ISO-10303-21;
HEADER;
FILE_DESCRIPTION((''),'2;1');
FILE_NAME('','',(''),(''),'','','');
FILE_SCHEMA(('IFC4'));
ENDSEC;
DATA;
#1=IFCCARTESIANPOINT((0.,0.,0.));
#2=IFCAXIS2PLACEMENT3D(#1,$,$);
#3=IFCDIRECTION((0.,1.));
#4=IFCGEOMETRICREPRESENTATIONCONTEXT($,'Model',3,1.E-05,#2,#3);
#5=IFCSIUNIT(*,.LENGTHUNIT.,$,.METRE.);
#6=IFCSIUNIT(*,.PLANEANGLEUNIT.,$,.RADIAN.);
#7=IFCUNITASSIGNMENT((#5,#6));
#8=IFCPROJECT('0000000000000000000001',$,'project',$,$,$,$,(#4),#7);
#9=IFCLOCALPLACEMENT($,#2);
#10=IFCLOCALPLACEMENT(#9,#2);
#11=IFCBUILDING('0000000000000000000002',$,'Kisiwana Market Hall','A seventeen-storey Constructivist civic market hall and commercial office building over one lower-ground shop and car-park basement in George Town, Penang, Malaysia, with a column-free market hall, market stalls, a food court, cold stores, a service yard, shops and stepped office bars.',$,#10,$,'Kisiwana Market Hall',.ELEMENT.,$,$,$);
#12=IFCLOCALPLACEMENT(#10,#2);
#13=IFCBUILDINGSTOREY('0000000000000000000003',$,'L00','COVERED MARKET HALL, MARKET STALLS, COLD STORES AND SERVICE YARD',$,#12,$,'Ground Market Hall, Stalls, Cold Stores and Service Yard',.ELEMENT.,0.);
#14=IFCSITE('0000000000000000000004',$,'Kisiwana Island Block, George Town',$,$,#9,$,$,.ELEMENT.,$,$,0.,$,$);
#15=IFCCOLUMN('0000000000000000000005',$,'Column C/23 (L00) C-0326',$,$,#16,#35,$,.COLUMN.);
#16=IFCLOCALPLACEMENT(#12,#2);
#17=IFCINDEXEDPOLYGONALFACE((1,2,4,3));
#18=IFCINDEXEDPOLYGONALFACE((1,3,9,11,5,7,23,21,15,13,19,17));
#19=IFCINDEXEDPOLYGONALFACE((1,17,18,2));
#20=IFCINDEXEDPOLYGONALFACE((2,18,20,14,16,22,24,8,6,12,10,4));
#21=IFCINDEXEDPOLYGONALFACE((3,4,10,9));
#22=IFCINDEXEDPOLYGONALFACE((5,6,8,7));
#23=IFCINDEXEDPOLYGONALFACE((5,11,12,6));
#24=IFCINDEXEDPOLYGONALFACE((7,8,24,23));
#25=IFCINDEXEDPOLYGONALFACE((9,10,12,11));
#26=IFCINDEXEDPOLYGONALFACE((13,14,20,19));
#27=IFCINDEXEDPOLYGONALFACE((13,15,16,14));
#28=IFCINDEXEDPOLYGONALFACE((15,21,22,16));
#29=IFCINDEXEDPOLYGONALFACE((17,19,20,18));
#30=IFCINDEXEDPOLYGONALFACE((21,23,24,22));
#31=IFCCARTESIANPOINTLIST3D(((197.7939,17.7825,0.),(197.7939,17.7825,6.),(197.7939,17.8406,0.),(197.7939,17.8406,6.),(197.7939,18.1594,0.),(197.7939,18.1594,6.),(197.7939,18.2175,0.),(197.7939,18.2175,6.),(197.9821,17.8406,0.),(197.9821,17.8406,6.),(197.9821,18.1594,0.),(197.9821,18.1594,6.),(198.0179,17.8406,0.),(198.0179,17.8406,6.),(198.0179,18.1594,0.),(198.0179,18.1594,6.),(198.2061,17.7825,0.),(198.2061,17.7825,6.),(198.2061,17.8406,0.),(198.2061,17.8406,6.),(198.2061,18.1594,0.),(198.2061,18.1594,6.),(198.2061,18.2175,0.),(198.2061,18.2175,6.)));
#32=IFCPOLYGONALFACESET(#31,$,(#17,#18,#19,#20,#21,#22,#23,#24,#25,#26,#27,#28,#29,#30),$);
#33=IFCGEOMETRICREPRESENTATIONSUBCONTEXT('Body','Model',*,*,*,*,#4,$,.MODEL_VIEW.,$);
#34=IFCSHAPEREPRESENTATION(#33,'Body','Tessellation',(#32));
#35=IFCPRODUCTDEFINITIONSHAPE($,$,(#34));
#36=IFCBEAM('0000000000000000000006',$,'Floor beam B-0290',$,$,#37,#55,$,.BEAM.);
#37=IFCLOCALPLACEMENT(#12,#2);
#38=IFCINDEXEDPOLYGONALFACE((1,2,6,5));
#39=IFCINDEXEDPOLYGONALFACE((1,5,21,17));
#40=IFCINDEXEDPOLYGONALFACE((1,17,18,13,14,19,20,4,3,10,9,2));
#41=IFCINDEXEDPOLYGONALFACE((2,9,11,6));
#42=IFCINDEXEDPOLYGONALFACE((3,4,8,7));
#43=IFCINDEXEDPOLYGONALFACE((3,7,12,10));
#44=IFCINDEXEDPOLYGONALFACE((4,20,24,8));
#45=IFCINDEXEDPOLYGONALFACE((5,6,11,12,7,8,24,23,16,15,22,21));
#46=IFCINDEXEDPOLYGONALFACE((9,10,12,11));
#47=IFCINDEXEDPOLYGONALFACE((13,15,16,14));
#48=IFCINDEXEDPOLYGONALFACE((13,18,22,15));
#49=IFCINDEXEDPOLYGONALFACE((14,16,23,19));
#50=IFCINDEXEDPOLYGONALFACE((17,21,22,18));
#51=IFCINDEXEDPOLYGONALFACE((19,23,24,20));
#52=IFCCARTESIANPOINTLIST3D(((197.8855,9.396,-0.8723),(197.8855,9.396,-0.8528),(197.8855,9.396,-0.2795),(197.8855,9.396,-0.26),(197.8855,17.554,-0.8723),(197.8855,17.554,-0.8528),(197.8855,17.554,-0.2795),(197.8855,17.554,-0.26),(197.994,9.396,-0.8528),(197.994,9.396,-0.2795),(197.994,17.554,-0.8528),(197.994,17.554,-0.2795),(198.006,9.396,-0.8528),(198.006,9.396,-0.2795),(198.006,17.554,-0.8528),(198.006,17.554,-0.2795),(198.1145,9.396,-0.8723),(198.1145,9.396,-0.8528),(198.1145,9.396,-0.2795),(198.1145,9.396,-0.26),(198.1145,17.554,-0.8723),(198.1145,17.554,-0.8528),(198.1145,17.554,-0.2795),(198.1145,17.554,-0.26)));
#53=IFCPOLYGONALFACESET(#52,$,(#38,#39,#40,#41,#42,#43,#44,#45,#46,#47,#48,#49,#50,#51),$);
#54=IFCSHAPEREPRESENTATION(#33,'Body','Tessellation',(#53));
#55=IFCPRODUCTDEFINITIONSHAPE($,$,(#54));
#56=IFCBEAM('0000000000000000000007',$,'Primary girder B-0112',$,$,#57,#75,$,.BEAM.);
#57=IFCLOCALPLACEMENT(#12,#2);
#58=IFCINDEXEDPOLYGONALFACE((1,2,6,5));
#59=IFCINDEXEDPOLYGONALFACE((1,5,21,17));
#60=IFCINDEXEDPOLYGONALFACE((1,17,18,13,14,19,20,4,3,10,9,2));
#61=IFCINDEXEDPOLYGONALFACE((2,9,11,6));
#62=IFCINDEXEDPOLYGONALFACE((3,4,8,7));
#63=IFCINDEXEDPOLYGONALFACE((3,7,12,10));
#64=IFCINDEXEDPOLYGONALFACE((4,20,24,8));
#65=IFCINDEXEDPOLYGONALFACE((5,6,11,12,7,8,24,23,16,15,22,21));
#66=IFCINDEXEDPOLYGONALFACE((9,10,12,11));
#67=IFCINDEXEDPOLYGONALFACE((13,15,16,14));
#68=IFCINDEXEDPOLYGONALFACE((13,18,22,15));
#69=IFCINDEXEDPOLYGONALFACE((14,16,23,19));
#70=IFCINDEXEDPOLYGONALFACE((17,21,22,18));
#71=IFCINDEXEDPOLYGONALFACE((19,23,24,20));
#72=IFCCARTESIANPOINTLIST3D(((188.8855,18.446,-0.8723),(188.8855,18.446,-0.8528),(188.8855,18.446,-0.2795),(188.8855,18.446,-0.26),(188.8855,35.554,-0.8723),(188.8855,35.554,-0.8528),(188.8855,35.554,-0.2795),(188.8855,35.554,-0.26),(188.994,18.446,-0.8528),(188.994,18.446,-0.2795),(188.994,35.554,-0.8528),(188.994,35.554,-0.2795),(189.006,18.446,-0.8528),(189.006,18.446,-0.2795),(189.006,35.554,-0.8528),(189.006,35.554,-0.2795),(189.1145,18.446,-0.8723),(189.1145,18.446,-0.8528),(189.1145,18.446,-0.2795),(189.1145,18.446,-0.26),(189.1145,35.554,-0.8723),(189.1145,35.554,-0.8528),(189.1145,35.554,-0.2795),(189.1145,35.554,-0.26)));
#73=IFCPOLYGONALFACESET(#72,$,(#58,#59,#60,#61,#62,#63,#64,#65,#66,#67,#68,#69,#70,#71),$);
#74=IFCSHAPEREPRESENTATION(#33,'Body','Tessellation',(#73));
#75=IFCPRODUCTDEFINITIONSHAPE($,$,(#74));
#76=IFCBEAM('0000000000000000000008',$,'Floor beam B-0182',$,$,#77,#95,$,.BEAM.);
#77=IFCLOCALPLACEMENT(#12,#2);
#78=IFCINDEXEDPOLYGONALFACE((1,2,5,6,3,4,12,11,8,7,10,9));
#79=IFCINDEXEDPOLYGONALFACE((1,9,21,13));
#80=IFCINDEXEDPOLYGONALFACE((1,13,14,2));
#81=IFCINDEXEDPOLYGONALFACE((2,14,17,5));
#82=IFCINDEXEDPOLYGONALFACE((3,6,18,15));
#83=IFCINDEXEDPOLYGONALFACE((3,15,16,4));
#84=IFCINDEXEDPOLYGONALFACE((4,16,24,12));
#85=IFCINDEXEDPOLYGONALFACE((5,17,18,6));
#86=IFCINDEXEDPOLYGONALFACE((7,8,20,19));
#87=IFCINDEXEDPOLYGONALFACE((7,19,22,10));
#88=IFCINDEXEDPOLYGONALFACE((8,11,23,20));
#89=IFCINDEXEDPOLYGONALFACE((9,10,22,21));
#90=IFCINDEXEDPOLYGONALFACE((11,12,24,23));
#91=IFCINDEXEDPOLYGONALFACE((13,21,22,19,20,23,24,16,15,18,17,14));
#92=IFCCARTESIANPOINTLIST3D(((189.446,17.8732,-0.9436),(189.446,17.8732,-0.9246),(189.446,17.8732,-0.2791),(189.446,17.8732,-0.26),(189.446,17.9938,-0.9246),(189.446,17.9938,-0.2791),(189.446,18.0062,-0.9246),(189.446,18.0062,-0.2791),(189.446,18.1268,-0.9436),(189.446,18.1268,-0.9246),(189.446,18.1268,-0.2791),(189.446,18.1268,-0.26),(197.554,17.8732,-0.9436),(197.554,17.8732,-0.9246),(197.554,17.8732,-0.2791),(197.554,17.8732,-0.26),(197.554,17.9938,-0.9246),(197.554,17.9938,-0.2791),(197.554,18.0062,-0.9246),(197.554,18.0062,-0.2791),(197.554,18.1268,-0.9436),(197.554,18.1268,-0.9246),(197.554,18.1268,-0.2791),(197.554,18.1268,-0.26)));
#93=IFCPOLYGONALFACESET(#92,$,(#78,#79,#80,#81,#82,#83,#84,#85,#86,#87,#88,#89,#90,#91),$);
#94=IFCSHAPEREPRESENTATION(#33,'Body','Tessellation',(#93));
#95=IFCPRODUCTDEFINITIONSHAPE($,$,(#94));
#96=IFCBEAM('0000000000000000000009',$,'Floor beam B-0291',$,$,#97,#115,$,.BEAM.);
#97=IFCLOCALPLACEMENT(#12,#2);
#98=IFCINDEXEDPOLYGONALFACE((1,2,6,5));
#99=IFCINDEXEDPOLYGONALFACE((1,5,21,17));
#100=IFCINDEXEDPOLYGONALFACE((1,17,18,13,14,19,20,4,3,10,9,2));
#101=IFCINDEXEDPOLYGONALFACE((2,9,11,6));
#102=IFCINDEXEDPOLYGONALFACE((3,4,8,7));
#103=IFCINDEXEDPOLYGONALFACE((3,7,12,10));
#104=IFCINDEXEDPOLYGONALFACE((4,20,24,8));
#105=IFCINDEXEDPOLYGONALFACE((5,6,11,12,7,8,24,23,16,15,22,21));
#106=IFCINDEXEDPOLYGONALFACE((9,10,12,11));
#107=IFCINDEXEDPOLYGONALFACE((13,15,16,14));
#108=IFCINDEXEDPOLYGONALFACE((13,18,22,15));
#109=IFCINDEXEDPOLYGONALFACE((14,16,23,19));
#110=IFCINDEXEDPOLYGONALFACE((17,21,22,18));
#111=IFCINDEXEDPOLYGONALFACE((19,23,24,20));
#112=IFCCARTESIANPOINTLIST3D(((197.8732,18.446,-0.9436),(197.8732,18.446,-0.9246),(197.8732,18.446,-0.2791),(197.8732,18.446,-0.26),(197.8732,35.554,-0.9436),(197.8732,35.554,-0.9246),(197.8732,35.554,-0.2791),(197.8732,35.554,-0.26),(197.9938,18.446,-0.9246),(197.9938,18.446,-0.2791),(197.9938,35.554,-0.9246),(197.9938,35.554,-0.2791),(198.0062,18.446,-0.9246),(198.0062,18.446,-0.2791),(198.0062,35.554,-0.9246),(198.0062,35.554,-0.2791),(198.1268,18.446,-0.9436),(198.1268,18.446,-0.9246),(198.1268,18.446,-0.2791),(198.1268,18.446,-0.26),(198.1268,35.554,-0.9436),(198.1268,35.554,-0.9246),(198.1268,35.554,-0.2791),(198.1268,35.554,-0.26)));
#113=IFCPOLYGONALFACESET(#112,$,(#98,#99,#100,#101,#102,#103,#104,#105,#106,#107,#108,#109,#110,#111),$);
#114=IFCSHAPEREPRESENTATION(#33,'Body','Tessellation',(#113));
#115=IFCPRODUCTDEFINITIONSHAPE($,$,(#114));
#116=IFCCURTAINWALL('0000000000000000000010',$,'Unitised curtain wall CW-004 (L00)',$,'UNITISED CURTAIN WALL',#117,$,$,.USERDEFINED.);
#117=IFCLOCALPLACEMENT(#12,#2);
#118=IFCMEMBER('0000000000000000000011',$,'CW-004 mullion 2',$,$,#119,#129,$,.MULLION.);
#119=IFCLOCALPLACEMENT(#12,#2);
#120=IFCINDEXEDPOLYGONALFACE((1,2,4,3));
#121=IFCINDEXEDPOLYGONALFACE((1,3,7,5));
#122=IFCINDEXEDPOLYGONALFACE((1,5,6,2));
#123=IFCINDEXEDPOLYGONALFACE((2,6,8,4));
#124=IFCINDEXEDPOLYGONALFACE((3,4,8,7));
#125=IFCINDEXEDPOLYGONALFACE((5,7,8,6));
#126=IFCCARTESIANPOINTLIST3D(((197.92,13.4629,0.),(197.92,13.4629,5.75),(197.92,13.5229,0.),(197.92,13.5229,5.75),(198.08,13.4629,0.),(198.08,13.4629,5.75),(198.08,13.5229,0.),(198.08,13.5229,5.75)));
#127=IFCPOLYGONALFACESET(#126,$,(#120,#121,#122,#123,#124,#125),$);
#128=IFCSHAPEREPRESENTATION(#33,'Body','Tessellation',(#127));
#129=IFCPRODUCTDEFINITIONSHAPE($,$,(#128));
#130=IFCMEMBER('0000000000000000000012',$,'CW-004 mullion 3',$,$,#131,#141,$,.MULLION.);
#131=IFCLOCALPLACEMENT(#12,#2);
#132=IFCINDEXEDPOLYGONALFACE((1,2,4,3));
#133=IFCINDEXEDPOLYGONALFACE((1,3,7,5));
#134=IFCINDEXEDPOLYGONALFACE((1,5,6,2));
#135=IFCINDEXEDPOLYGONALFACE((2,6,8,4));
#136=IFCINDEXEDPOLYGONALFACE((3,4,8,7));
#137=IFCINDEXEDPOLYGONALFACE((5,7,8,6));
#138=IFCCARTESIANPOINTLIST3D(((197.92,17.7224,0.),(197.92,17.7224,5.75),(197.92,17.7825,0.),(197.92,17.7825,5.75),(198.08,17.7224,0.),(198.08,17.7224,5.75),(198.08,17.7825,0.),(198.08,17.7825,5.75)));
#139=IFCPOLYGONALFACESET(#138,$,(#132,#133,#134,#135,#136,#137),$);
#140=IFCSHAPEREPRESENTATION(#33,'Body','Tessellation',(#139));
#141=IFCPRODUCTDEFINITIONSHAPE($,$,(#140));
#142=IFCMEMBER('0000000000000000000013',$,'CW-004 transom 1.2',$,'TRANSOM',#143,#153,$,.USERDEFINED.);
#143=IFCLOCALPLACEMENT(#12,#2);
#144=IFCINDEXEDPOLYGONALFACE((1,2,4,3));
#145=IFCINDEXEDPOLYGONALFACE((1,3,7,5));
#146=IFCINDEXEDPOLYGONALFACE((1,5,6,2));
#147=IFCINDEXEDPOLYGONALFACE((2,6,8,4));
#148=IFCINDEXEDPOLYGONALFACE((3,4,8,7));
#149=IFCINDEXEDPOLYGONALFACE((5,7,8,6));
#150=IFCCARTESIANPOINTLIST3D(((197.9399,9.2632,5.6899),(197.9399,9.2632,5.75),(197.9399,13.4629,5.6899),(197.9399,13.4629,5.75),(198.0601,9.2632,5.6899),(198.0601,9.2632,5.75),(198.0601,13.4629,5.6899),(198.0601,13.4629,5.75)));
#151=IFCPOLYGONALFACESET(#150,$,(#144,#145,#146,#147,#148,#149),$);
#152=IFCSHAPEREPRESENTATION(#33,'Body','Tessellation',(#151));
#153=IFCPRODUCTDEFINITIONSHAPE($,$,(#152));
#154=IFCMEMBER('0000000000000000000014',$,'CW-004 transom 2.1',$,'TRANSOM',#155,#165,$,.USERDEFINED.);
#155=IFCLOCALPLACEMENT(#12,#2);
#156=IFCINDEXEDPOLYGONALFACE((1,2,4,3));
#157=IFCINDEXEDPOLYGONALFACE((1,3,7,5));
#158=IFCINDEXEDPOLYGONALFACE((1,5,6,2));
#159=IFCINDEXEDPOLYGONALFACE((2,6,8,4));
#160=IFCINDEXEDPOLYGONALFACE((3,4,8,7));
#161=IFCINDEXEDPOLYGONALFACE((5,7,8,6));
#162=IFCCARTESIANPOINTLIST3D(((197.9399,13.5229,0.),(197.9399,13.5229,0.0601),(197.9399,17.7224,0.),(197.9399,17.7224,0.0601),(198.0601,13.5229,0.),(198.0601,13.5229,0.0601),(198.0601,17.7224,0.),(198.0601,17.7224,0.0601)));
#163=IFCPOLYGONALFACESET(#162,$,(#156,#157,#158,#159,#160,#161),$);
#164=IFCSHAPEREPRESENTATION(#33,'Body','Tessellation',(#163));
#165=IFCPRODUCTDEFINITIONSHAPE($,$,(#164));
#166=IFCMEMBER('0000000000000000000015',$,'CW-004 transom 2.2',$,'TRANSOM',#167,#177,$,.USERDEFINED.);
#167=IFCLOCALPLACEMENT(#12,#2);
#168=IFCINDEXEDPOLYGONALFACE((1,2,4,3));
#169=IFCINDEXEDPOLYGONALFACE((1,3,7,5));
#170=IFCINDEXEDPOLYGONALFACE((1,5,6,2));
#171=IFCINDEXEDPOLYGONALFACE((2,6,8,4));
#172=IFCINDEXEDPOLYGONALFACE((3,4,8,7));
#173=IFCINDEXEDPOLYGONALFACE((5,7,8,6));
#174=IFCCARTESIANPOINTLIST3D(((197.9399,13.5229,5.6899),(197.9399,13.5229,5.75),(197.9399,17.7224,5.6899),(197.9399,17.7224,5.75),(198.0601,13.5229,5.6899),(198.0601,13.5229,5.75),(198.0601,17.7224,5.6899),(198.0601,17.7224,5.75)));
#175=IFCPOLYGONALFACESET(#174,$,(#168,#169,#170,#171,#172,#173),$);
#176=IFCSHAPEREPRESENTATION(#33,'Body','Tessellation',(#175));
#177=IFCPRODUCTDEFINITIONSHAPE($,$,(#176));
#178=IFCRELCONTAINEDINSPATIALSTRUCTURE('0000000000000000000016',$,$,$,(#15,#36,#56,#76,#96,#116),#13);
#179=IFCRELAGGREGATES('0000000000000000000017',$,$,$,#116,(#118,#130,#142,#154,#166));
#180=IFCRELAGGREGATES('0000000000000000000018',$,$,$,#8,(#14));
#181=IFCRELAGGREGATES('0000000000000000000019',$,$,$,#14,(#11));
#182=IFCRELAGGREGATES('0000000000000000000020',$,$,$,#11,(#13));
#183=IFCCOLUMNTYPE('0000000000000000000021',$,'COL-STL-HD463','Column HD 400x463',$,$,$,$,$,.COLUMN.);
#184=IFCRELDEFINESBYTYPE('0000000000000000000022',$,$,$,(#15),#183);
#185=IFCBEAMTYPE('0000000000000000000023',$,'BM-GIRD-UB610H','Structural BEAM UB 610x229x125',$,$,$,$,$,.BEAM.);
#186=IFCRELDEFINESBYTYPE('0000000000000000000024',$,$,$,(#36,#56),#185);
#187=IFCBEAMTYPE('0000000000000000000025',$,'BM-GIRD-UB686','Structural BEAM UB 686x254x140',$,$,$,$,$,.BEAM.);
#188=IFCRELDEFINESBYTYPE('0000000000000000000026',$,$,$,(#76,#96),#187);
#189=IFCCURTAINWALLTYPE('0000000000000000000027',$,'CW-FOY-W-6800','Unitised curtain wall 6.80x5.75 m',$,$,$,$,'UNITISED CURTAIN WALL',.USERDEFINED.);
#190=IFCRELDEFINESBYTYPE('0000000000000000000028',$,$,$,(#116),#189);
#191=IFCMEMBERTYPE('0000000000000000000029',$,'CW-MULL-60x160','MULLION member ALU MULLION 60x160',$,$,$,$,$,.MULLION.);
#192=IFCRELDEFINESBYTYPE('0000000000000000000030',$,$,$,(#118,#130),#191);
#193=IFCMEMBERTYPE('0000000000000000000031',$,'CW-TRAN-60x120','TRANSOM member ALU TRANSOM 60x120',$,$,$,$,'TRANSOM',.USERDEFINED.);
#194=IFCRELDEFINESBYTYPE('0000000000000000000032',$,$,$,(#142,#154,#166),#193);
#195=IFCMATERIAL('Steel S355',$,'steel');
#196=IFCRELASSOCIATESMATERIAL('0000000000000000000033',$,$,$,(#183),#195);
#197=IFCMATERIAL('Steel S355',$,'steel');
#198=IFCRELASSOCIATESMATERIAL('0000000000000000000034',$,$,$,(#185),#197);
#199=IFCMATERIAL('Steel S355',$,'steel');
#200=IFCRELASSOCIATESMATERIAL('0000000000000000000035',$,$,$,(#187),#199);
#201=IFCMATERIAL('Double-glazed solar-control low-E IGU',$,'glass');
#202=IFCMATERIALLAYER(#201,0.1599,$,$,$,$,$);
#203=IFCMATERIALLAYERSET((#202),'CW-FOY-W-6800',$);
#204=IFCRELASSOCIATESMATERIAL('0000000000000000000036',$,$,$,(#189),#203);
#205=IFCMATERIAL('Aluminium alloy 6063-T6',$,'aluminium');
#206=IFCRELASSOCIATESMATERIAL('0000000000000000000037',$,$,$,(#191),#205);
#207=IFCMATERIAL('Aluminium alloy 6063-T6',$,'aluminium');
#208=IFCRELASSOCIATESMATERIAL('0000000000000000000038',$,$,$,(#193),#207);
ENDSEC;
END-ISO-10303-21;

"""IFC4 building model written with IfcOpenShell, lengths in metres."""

from ifc_helpers import new_model, si_unit, direction, frame, origin, origin_2d, place, context, subcontext, project, spatial, rectangle, i_section, extrude, material, layer, layer_set, material_profile, profile_set, type_object, element, aggregate, save


model = new_model("IFC4")

# Units and contexts
model_context = context("Model", 3, precision=1e-05, world=origin(), true_north=direction((0.0, 1.0)))
body_context = subcontext(model_context, "Body", "Model", "MODEL_VIEW")
ifc_project = project(units=[si_unit("LENGTHUNIT", "METRE"), si_unit("PLANEANGLEUNIT", "RADIAN")], contexts=[model_context])

# Site, building, storey
site_placement = place(None, origin())
site = spatial("IfcSite", under=ifc_project, at=site_placement, Name="Kisiwana Island Block, George Town", CompositionType="ELEMENT", RefElevation=0.0)
building_placement = place(site_placement, origin())
building = spatial("IfcBuilding", under=site, at=building_placement, Name="Kisiwana Market Hall", Description="A seventeen-storey Constructivist civic market hall and commercial office building over one lower-ground shop and car-park basement in George Town, Penang, Malaysia, with a column-free market hall, market stalls, a food court, cold stores, a service yard, shops and stepped office bars.", LongName="Kisiwana Market Hall", CompositionType="ELEMENT")
storey_placement = place(building_placement, origin())
storey = spatial("IfcBuildingStorey", under=building, at=storey_placement, Name="L00", Description="COVERED MARKET HALL, MARKET STALLS, COLD STORES AND SERVICE YARD", LongName="Ground Market Hall, Stalls, Cold Stores and Service Yard", CompositionType="ELEMENT", Elevation=0.0)

# Column
ifc_material_1 = material(Name="Steel S355", Category="steel")
ifc_material_profile_1 = material_profile(ifc_material_1, i_section(OverallWidth=0.4121, OverallDepth=0.4351, WebThickness=0.0359, FlangeThickness=0.0581, at=origin_2d()), Name="HD 400x463")
ifc_profile_set_1 = profile_set([ifc_material_profile_1], Name="Steel S355")
column_type = type_object("IfcColumnType", Name="COL-STL-HD463", Description="Column HD 400x463", PredefinedType="COLUMN", material=ifc_profile_set_1)
column_placement = place(storey_placement, frame((198.0, 18.0, 0.0), z_axis=(0.0, 0.0, 1.0), x_axis=(1.0, 0.0, 0.0)))
element("IfcColumn", 1, at=column_placement, inside=storey, type_object=column_type, Name="Column C/23 (L00) C-0326", PredefinedType="COLUMN", context=body_context, shape_type="SweptSolid", body=[
    extrude(i_section(OverallWidth=0.4121, OverallDepth=0.4351, WebThickness=0.0359, FlangeThickness=0.0581, at=origin_2d()), origin(), (0.0, 0.0, 1.0), 6.0),
])

# Beams
ifc_material_2 = material(Name="Steel S355", Category="steel")
ifc_material_profile_2 = material_profile(ifc_material_2, i_section(OverallWidth=0.229, OverallDepth=0.6123, WebThickness=0.012, FlangeThickness=0.0195, at=origin_2d()), Name="UB 610x229x125")
ifc_profile_set_2 = profile_set([ifc_material_profile_2], Name="Steel S355")
beam_type_1 = type_object("IfcBeamType", Name="BM-GIRD-UB610H", Description="Structural BEAM UB 610x229x125", PredefinedType="BEAM", material=ifc_profile_set_2)
beam_1_placement = place(storey_placement, frame((198.0, 9.396, -0.5662), z_axis=(0.0, 1.0, 0.0), x_axis=(-1.0, 0.0, 0.0)))
element("IfcBeam", 2, at=beam_1_placement, inside=storey, type_object=beam_type_1, Name="Floor beam B-0290", PredefinedType="BEAM", context=body_context, shape_type="SweptSolid", body=[
    extrude(i_section(OverallWidth=0.229, OverallDepth=0.6123, WebThickness=0.012, FlangeThickness=0.0195, at=origin_2d()), origin(), (0.0, 0.0, 1.0), 8.158),
])
beam_2_placement = place(storey_placement, frame((189.0, 18.446, -0.5662), z_axis=(0.0, 1.0, 0.0), x_axis=(-1.0, 0.0, 0.0)))
element("IfcBeam", 3, at=beam_2_placement, inside=storey, type_object=beam_type_1, Name="Primary girder B-0112", PredefinedType="BEAM", context=body_context, shape_type="SweptSolid", body=[
    extrude(i_section(OverallWidth=0.229, OverallDepth=0.6123, WebThickness=0.012, FlangeThickness=0.0195, at=origin_2d()), origin(), (0.0, 0.0, 1.0), 17.1079),
])
ifc_material_3 = material(Name="Steel S355", Category="steel")
ifc_material_profile_3 = material_profile(ifc_material_3, i_section(OverallWidth=0.2537, OverallDepth=0.6836, WebThickness=0.0125, FlangeThickness=0.019, at=origin_2d()), Name="UB 686x254x140")
ifc_profile_set_3 = profile_set([ifc_material_profile_3], Name="Steel S355")
beam_type_2 = type_object("IfcBeamType", Name="BM-GIRD-UB686", Description="Structural BEAM UB 686x254x140", PredefinedType="BEAM", material=ifc_profile_set_3)
beam_3_placement = place(storey_placement, frame((189.446, 18.0, -0.6018), z_axis=(1.0, 0.0, 0.0), x_axis=(0.0, 1.0, 0.0)))
element("IfcBeam", 4, at=beam_3_placement, inside=storey, type_object=beam_type_2, Name="Floor beam B-0182", PredefinedType="BEAM", context=body_context, shape_type="SweptSolid", body=[
    extrude(i_section(OverallWidth=0.2537, OverallDepth=0.6836, WebThickness=0.0125, FlangeThickness=0.019, at=origin_2d()), origin(), (0.0, 0.0, 1.0), 8.1079),
])
beam_4_placement = place(storey_placement, frame((198.0, 18.446, -0.6018), z_axis=(0.0, 1.0, 0.0), x_axis=(-1.0, 0.0, 0.0)))
element("IfcBeam", 5, at=beam_4_placement, inside=storey, type_object=beam_type_2, Name="Floor beam B-0291", PredefinedType="BEAM", context=body_context, shape_type="SweptSolid", body=[
    extrude(i_section(OverallWidth=0.2537, OverallDepth=0.6836, WebThickness=0.0125, FlangeThickness=0.019, at=origin_2d()), origin(), (0.0, 0.0, 1.0), 17.1079),
])

# Curtain wall, members
ifc_material_4 = material(Name="Double-glazed solar-control low-E IGU", Category="glass")
ifc_layer_1 = layer(ifc_material_4, 0.1599)
ifc_layer_set_1 = layer_set([ifc_layer_1], Name="CW-FOY-W-6800")
curtain_wall_type = type_object("IfcCurtainWallType", Name="CW-FOY-W-6800", Description="Unitised curtain wall 6.80x5.75 m", ElementType="UNITISED CURTAIN WALL", PredefinedType="USERDEFINED", material=ifc_layer_set_1)
curtain_wall_placement = place(storey_placement, origin())
curtain_wall = element("IfcCurtainWall", 6, at=curtain_wall_placement, inside=storey, type_object=curtain_wall_type, Name="Unitised curtain wall CW-004 (L00)", ObjectType="UNITISED CURTAIN WALL", PredefinedType="USERDEFINED")
ifc_material_5 = material(Name="Aluminium alloy 6063-T6", Category="aluminium")
ifc_material_profile_4 = material_profile(ifc_material_5, rectangle(XDim=0.0601, YDim=0.1599, at=origin_2d()), Name="ALU MULLION 60x160")
ifc_profile_set_4 = profile_set([ifc_material_profile_4], Name="Aluminium alloy 6063-T6")
member_type_1 = type_object("IfcMemberType", Name="CW-MULL-60x160", Description="MULLION member ALU MULLION 60x160", PredefinedType="MULLION", material=ifc_profile_set_4)
member_1_placement = place(storey_placement, frame((198.0, 13.4929, 0.0), z_axis=(0.0, 0.0, 1.0), x_axis=(0.0, 1.0, 0.0)))
member_1 = element("IfcMember", 7, at=member_1_placement, type_object=member_type_1, Name="CW-004 mullion 2", PredefinedType="MULLION", context=body_context, shape_type="SweptSolid", body=[
    extrude(rectangle(XDim=0.0601, YDim=0.1599, at=origin_2d()), origin(), (0.0, 0.0, 1.0), 5.75),
])
member_2_placement = place(storey_placement, frame((198.0, 17.7524, 0.0), z_axis=(0.0, 0.0, 1.0), x_axis=(0.0, 1.0, 0.0)))
member_2 = element("IfcMember", 8, at=member_2_placement, type_object=member_type_1, Name="CW-004 mullion 3", PredefinedType="MULLION", context=body_context, shape_type="SweptSolid", body=[
    extrude(rectangle(XDim=0.0601, YDim=0.1599, at=origin_2d()), origin(), (0.0, 0.0, 1.0), 5.75),
])
ifc_material_6 = material(Name="Aluminium alloy 6063-T6", Category="aluminium")
ifc_material_profile_5 = material_profile(ifc_material_6, rectangle(XDim=0.1201, YDim=0.0601, at=origin_2d()), Name="ALU TRANSOM 60x120")
ifc_profile_set_5 = profile_set([ifc_material_profile_5], Name="Aluminium alloy 6063-T6")
member_type_2 = type_object("IfcMemberType", Name="CW-TRAN-60x120", Description="TRANSOM member ALU TRANSOM 60x120", ElementType="TRANSOM", PredefinedType="USERDEFINED", material=ifc_profile_set_5)
member_3_placement = place(storey_placement, frame((198.0, 9.2632, 5.72), z_axis=(0.0, 1.0, 0.0), x_axis=(-1.0, 0.0, 0.0)))
member_3 = element("IfcMember", 9, at=member_3_placement, type_object=member_type_2, Name="CW-004 transom 1.2", ObjectType="TRANSOM", PredefinedType="USERDEFINED", context=body_context, shape_type="SweptSolid", body=[
    extrude(rectangle(XDim=0.1201, YDim=0.0601, at=origin_2d()), origin(), (0.0, 0.0, 1.0), 4.1997),
])
member_4_placement = place(storey_placement, frame((198.0, 13.5229, 0.03), z_axis=(0.0, 1.0, 0.0), x_axis=(-1.0, 0.0, 0.0)))
member_4 = element("IfcMember", 10, at=member_4_placement, type_object=member_type_2, Name="CW-004 transom 2.1", ObjectType="TRANSOM", PredefinedType="USERDEFINED", context=body_context, shape_type="SweptSolid", body=[
    extrude(rectangle(XDim=0.1201, YDim=0.0601, at=origin_2d()), origin(), (0.0, 0.0, 1.0), 4.1995),
])
member_5_placement = place(storey_placement, frame((198.0, 13.5229, 5.72), z_axis=(0.0, 1.0, 0.0), x_axis=(-1.0, 0.0, 0.0)))
member_5 = element("IfcMember", 11, at=member_5_placement, type_object=member_type_2, Name="CW-004 transom 2.2", ObjectType="TRANSOM", PredefinedType="USERDEFINED", context=body_context, shape_type="SweptSolid", body=[
    extrude(rectangle(XDim=0.1201, YDim=0.0601, at=origin_2d()), origin(), (0.0, 0.0, 1.0), 4.1995),
])

aggregate(curtain_wall, [member_1, member_2, member_3, member_4, member_5])

save(model, "model.ifc")
